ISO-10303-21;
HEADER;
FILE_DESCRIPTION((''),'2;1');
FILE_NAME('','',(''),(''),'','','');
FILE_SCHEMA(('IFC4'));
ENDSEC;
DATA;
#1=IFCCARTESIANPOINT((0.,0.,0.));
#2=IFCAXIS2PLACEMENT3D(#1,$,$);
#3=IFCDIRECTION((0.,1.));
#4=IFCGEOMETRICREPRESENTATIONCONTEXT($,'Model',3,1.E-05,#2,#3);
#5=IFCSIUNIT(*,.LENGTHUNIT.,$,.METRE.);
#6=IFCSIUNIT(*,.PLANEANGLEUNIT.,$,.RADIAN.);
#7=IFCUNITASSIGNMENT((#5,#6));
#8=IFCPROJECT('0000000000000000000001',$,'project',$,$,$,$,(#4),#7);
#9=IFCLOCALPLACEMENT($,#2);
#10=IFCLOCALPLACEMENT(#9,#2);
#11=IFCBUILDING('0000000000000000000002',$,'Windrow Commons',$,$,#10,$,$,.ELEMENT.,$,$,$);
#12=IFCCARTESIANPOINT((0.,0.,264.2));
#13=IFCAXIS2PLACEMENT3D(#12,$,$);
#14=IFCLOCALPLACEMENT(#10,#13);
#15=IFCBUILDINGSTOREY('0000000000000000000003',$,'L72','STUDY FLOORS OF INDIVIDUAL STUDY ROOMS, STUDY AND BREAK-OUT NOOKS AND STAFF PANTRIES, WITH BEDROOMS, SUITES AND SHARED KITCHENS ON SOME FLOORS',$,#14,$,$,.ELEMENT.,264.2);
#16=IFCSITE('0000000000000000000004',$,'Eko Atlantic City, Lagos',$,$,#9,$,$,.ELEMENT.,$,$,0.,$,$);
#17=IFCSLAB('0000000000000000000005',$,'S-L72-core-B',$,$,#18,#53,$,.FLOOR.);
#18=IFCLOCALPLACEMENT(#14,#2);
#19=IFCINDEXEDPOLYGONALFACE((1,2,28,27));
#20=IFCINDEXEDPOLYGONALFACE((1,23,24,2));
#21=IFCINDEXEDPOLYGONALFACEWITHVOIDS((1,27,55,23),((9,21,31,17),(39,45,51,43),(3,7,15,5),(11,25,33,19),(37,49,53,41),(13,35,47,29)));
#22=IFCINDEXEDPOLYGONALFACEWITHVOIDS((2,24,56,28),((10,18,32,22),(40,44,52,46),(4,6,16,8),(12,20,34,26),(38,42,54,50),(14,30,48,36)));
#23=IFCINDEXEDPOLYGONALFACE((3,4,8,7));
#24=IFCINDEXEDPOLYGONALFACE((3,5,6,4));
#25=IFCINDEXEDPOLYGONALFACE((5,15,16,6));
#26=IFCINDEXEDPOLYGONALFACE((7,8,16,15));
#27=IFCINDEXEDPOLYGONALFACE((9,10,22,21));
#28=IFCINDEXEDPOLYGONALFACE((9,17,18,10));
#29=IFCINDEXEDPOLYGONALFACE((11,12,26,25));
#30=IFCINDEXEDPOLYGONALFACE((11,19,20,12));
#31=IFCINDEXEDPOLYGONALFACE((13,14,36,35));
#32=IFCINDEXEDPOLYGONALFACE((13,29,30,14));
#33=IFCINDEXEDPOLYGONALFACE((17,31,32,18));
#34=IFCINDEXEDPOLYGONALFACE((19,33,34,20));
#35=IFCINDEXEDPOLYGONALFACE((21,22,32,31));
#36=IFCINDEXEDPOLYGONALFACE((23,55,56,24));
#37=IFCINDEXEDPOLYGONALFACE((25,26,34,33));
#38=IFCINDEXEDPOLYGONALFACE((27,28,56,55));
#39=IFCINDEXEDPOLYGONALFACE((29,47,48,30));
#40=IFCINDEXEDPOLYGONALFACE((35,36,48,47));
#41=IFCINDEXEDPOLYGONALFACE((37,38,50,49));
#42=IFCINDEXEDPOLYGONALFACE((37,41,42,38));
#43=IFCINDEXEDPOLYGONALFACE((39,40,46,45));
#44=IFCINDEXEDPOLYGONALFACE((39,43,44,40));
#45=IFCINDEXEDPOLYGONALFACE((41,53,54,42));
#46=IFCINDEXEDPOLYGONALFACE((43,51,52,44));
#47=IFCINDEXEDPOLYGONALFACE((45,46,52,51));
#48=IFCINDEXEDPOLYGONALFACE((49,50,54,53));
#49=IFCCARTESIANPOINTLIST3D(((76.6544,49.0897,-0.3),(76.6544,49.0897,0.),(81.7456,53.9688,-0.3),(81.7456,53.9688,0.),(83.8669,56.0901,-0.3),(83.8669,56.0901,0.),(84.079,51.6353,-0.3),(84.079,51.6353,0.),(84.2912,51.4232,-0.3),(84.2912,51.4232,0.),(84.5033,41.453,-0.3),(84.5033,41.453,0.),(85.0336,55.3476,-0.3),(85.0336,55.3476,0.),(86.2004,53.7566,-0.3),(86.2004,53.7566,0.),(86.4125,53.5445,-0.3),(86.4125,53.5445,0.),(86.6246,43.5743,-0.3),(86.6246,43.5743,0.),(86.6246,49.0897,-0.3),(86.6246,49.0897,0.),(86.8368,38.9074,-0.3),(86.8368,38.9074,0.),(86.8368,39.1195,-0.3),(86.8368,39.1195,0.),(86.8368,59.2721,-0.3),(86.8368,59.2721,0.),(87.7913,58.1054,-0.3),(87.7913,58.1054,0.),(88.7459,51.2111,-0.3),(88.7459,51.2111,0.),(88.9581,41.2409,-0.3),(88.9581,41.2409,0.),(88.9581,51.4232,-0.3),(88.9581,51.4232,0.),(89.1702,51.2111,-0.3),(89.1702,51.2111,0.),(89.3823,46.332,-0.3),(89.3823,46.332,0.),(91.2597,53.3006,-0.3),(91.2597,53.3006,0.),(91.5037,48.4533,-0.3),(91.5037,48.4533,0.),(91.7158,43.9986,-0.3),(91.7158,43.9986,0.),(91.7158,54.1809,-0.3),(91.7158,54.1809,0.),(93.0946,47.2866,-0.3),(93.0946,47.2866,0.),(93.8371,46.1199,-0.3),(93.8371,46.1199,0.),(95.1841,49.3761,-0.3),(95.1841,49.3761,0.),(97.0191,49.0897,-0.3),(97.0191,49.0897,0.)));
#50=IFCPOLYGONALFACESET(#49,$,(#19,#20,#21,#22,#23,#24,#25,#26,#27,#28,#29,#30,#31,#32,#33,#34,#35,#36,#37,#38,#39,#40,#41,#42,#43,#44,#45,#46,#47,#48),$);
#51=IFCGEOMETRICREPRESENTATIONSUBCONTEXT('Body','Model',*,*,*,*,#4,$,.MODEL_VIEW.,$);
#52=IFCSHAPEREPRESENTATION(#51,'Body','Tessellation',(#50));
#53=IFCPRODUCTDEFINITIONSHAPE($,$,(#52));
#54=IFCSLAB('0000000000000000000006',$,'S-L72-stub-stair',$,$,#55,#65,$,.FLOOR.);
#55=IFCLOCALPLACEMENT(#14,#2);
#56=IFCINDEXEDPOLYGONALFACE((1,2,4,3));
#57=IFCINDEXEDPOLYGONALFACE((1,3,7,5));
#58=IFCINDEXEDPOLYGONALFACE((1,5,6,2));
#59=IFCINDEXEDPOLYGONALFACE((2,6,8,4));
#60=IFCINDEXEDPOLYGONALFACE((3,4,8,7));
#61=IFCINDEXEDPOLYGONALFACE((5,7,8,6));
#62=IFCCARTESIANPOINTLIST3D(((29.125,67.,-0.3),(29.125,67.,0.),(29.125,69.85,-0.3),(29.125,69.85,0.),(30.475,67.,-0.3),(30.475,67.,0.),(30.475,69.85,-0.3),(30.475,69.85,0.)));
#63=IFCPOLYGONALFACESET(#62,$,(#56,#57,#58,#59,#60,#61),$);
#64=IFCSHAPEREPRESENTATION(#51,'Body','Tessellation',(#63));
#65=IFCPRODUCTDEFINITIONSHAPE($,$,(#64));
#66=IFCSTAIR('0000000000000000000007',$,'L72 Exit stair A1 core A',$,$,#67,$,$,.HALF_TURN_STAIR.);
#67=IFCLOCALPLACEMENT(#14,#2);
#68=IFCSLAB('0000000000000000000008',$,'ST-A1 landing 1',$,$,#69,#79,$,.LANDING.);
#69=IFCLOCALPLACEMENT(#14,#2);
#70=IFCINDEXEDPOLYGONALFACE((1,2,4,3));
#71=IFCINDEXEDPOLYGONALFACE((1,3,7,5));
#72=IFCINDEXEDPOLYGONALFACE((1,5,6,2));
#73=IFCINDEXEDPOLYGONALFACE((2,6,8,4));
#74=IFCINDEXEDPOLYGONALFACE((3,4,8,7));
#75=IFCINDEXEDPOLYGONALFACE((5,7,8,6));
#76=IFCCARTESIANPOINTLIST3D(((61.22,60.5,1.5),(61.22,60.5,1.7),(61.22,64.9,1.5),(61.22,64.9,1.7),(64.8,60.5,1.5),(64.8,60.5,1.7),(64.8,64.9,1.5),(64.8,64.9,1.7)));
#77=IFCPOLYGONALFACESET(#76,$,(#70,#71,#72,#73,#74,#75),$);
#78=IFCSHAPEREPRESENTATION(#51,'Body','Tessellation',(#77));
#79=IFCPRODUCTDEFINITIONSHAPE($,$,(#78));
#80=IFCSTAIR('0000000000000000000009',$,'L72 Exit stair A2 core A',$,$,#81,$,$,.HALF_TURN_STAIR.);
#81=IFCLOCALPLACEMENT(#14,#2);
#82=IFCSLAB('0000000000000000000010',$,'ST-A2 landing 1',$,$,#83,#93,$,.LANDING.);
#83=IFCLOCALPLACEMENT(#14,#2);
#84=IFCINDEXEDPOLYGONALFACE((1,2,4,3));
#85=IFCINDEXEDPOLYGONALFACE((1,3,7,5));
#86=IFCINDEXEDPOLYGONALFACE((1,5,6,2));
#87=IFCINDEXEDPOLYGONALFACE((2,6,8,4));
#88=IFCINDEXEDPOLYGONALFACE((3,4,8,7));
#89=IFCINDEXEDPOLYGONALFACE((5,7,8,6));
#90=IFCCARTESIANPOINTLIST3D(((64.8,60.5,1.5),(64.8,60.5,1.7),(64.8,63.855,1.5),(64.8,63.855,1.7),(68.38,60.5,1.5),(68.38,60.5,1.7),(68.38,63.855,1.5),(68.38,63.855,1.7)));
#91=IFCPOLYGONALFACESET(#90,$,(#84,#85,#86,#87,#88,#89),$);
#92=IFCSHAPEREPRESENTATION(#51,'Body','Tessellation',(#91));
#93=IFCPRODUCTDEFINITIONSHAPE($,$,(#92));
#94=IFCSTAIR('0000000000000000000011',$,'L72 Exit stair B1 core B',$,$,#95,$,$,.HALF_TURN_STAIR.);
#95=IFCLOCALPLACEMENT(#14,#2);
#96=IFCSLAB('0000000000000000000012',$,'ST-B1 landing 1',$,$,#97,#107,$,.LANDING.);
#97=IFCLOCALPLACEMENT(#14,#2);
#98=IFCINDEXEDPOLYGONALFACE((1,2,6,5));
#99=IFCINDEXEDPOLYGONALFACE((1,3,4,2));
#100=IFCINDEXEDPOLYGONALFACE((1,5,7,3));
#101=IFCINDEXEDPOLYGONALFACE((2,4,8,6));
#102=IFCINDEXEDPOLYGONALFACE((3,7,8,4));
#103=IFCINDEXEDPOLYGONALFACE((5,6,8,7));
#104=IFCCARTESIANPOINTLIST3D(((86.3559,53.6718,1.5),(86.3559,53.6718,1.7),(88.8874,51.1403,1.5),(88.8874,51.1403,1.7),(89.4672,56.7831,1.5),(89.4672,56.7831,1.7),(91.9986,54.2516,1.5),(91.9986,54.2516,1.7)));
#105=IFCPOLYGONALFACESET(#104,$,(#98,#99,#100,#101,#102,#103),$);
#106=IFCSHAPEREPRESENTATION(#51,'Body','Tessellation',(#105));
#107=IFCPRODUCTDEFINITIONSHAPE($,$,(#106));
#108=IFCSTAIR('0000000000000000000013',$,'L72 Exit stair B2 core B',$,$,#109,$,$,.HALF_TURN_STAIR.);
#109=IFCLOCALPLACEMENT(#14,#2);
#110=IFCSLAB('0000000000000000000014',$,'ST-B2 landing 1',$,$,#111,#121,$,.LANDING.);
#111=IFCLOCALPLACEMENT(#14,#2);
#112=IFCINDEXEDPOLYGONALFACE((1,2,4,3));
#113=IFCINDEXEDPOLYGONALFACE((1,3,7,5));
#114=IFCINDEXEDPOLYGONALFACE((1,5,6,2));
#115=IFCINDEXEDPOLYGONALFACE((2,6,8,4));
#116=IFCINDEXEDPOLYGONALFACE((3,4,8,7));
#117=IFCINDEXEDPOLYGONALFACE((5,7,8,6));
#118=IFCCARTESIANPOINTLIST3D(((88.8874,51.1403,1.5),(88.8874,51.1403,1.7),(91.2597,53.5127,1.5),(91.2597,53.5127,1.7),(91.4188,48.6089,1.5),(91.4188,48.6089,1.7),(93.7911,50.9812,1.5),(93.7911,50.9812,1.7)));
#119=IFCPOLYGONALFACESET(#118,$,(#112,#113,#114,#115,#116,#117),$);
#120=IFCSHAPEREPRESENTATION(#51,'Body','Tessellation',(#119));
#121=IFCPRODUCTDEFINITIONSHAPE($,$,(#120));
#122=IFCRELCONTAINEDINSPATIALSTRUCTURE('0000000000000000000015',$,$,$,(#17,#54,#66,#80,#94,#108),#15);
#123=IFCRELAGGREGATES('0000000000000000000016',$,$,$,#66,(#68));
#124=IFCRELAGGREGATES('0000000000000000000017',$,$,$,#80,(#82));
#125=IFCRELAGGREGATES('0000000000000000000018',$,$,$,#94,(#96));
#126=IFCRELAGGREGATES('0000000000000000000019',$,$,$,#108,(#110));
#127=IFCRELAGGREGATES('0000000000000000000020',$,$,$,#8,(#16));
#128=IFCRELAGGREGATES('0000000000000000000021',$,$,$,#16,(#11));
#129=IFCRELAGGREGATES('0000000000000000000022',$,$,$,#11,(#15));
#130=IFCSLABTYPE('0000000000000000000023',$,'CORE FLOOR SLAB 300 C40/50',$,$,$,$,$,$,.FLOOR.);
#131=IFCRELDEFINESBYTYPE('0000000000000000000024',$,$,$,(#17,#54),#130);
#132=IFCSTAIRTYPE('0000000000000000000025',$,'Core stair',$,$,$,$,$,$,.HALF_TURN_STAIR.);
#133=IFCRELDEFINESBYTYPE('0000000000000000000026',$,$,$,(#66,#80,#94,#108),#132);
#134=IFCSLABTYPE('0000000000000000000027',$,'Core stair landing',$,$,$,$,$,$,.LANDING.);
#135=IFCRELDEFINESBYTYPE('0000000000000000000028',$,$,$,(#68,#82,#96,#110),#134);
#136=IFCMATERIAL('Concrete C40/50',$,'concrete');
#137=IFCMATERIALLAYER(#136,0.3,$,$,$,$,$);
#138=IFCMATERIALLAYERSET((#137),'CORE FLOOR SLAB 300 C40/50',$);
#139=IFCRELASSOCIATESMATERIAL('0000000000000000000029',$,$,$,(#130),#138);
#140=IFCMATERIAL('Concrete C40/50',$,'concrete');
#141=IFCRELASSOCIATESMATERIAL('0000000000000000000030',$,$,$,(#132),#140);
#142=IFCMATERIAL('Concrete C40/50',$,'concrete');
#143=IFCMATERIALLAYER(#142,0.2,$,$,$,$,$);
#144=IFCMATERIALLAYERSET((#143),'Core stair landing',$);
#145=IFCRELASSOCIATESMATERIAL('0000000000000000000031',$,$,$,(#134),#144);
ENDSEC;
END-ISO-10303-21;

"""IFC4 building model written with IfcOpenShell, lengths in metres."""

from ifc_helpers import new_model, si_unit, direction, frame, origin, place, context, subcontext, project, spatial, polyline, outline, extrude, material, layer, layer_set, type_object, element, aggregate, save


model = new_model("IFC4")

# Units and contexts
model_context = context("Model", 3, precision=1e-05, world=origin(), true_north=direction((0.0, 1.0)))
body_context = subcontext(model_context, "Body", "Model", "MODEL_VIEW")
ifc_project = project(units=[si_unit("LENGTHUNIT", "METRE"), si_unit("PLANEANGLEUNIT", "RADIAN")], contexts=[model_context])

# Site, building, storey
site_placement = place(None, origin())
site = spatial("IfcSite", under=ifc_project, at=site_placement, Name="Eko Atlantic City, Lagos", CompositionType="ELEMENT", RefElevation=0.0)
building_placement = place(site_placement, origin())
building = spatial("IfcBuilding", under=site, at=building_placement, Name="Windrow Commons", CompositionType="ELEMENT")
storey_placement = place(building_placement, frame((0.0, 0.0, 264.2)))
storey = spatial("IfcBuildingStorey", under=building, at=storey_placement, Name="L72", Description="STUDY FLOORS OF INDIVIDUAL STUDY ROOMS, STUDY AND BREAK-OUT NOOKS AND STAFF PANTRIES, WITH BEDROOMS, SUITES AND SHARED KITCHENS ON SOME FLOORS", CompositionType="ELEMENT", Elevation=264.2)

# Slab, openings
ifc_material_1 = material(Name="Concrete C40/50", Category="concrete")
ifc_layer_1 = layer(ifc_material_1, 0.3)
ifc_layer_set_1 = layer_set([ifc_layer_1], Name="CORE FLOOR SLAB 300 C40/50")
slab_type_1 = type_object("IfcSlabType", Name="CORE FLOOR SLAB 300 C40/50", PredefinedType="FLOOR", material=ifc_layer_set_1)
placement_1 = place(storey_placement, frame((0.0, 0.0, -0.3)))
slab_1 = element("IfcSlab", 1, at=placement_1, inside=storey, type_object=slab_type_1, Name="S-L72-core-B", PredefinedType="FLOOR", context=body_context, shape_type="SweptSolid", body=[
    extrude(outline(polyline([(76.6544, 49.0897), (86.8368, 38.9074), (97.0191, 49.0897), (86.8368, 59.2721), (76.6544, 49.0897)]), holes=[polyline([(84.5033, 41.453), (86.8368, 39.1195), (88.9581, 41.2409), (86.6246, 43.5743), (84.5033, 41.453)]), polyline([(81.7456, 53.9688), (84.079, 51.6353), (86.2004, 53.7566), (83.8669, 56.0901), (81.7456, 53.9688)]), polyline([(84.2912, 51.4232), (86.6246, 49.0897), (88.7459, 51.2111), (86.4125, 53.5445), (84.2912, 51.4232)]), polyline([(89.3823, 46.332), (91.7158, 43.9986), (93.8371, 46.1199), (91.5037, 48.4533), (89.3823, 46.332)]), polyline([(85.0336, 55.3476), (88.9581, 51.4232), (91.7158, 54.1809), (87.7913, 58.1054), (85.0336, 55.3476)]), polyline([(89.1702, 51.2111), (93.0946, 47.2866), (95.1841, 49.3761), (91.2597, 53.3006), (89.1702, 51.2111)])]), origin(), (0.0, 0.0, 1.0), 0.3),
])
opening_1_placement = place(placement_1, origin())
element("IfcOpeningElement", 2, at=opening_1_placement, cuts=slab_1, PredefinedType="OPENING", context=body_context, shape_type="SweptSolid", body=[
    extrude(outline(polyline([(84.5104, 41.453), (86.6246, 43.5672), (88.951, 41.2409), (86.8368, 39.1266), (84.5104, 41.453)])), origin(), (0.0, 0.0, 1.0), 0.3),
])
opening_2_placement = place(placement_1, origin())
element("IfcOpeningElement", 3, at=opening_2_placement, cuts=slab_1, PredefinedType="OPENING", context=body_context, shape_type="SweptSolid", body=[
    extrude(outline(polyline([(81.7527, 53.9688), (83.8669, 56.083), (86.1933, 53.7566), (84.079, 51.6424), (81.7527, 53.9688)])), origin(), (0.0, 0.0, 1.0), 0.3),
])
opening_3_placement = place(placement_1, origin())
element("IfcOpeningElement", 4, at=opening_3_placement, cuts=slab_1, PredefinedType="OPENING", context=body_context, shape_type="SweptSolid", body=[
    extrude(outline(polyline([(84.2983, 51.4232), (86.4125, 53.5374), (88.7388, 51.2111), (86.6246, 49.0968), (84.2983, 51.4232)])), origin(), (0.0, 0.0, 1.0), 0.3),
])
opening_4_placement = place(placement_1, origin())
element("IfcOpeningElement", 5, at=opening_4_placement, cuts=slab_1, PredefinedType="OPENING", context=body_context, shape_type="SweptSolid", body=[
    extrude(outline(polyline([(89.3894, 46.332), (91.5037, 48.4462), (93.83, 46.1199), (91.7158, 44.0057), (89.3894, 46.332)])), origin(), (0.0, 0.0, 1.0), 0.3),
])
opening_5_placement = place(placement_1, origin())
element("IfcOpeningElement", 6, at=opening_5_placement, cuts=slab_1, PredefinedType="OPENING", context=body_context, shape_type="SweptSolid", body=[
    extrude(outline(polyline([(85.0407, 55.3476), (87.7913, 58.0983), (91.7087, 54.1809), (88.9581, 51.4303), (85.0407, 55.3476)])), origin(), (0.0, 0.0, 1.0), 0.3),
])
opening_6_placement = place(placement_1, origin())
element("IfcOpeningElement", 7, at=opening_6_placement, cuts=slab_1, PredefinedType="OPENING", context=body_context, shape_type="SweptSolid", body=[
    extrude(outline(polyline([(89.1773, 51.2111), (91.2597, 53.2935), (95.177, 49.3761), (93.0946, 47.2937), (89.1773, 51.2111)])), origin(), (0.0, 0.0, 1.0), 0.3),
])

# Slab
element("IfcSlab", 8, at=placement_1, inside=storey, type_object=slab_type_1, Name="S-L72-stub-stair", PredefinedType="FLOOR", context=body_context, shape_type="SweptSolid", body=[
    extrude(outline(polyline([(29.125, 67.0), (30.475, 67.0), (30.475, 69.85), (29.125, 69.85), (29.125, 67.0)])), origin(), (0.0, 0.0, 1.0), 0.3),
])

# Stairs, slabs
ifc_material_2 = material(Name="Concrete C40/50", Category="concrete")
stair_type = type_object("IfcStairType", Name="Core stair", PredefinedType="HALF_TURN_STAIR", material=ifc_material_2)
placement_2 = place(storey_placement, origin())
stair_1 = element("IfcStair", 9, at=placement_2, inside=storey, type_object=stair_type, Name="L72 Exit stair A1 core A", PredefinedType="HALF_TURN_STAIR")
ifc_material_3 = material(Name="Concrete C40/50", Category="concrete")
ifc_layer_2 = layer(ifc_material_3, 0.2)
ifc_layer_set_2 = layer_set([ifc_layer_2], Name="Core stair landing")
slab_type_2 = type_object("IfcSlabType", Name="Core stair landing", PredefinedType="LANDING", material=ifc_layer_set_2)
placement_3 = place(storey_placement, frame((0.0, 0.0, 1.5)))
slab_2 = element("IfcSlab", 10, at=placement_3, type_object=slab_type_2, Name="ST-A1 landing 1", PredefinedType="LANDING", context=body_context, shape_type="SweptSolid", body=[
    extrude(outline(polyline([(61.22, 60.5), (64.8, 60.5), (64.8, 64.9), (61.22, 64.9), (61.22, 60.5)])), origin(), (0.0, 0.0, 1.0), 0.2),
])
aggregate(stair_1, [slab_2])
stair_2 = element("IfcStair", 11, at=placement_2, inside=storey, type_object=stair_type, Name="L72 Exit stair A2 core A", PredefinedType="HALF_TURN_STAIR")
slab_3 = element("IfcSlab", 12, at=placement_3, type_object=slab_type_2, Name="ST-A2 landing 1", PredefinedType="LANDING", context=body_context, shape_type="SweptSolid", body=[
    extrude(outline(polyline([(64.8, 60.5), (68.38, 60.5), (68.38, 63.855), (64.8, 63.855), (64.8, 60.5)])), origin(), (0.0, 0.0, 1.0), 0.2),
])
aggregate(stair_2, [slab_3])
stair_3 = element("IfcStair", 13, at=placement_2, inside=storey, type_object=stair_type, Name="L72 Exit stair B1 core B", PredefinedType="HALF_TURN_STAIR")
slab_4 = element("IfcSlab", 14, at=placement_3, type_object=slab_type_2, Name="ST-B1 landing 1", PredefinedType="LANDING", context=body_context, shape_type="SweptSolid", body=[
    extrude(outline(polyline([(86.3559, 53.6718), (88.8874, 51.1403), (91.9986, 54.2516), (89.4672, 56.7831), (86.3559, 53.6718)])), origin(), (0.0, 0.0, 1.0), 0.2),
])
aggregate(stair_3, [slab_4])
stair_4 = element("IfcStair", 15, at=placement_2, inside=storey, type_object=stair_type, Name="L72 Exit stair B2 core B", PredefinedType="HALF_TURN_STAIR")
slab_5 = element("IfcSlab", 16, at=placement_3, type_object=slab_type_2, Name="ST-B2 landing 1", PredefinedType="LANDING", context=body_context, shape_type="SweptSolid", body=[
    extrude(outline(polyline([(88.8874, 51.1403), (91.4188, 48.6089), (93.7911, 50.9812), (91.2597, 53.5127), (88.8874, 51.1403)])), origin(), (0.0, 0.0, 1.0), 0.2),
])
aggregate(stair_4, [slab_5])

save(model, "model.ifc")
